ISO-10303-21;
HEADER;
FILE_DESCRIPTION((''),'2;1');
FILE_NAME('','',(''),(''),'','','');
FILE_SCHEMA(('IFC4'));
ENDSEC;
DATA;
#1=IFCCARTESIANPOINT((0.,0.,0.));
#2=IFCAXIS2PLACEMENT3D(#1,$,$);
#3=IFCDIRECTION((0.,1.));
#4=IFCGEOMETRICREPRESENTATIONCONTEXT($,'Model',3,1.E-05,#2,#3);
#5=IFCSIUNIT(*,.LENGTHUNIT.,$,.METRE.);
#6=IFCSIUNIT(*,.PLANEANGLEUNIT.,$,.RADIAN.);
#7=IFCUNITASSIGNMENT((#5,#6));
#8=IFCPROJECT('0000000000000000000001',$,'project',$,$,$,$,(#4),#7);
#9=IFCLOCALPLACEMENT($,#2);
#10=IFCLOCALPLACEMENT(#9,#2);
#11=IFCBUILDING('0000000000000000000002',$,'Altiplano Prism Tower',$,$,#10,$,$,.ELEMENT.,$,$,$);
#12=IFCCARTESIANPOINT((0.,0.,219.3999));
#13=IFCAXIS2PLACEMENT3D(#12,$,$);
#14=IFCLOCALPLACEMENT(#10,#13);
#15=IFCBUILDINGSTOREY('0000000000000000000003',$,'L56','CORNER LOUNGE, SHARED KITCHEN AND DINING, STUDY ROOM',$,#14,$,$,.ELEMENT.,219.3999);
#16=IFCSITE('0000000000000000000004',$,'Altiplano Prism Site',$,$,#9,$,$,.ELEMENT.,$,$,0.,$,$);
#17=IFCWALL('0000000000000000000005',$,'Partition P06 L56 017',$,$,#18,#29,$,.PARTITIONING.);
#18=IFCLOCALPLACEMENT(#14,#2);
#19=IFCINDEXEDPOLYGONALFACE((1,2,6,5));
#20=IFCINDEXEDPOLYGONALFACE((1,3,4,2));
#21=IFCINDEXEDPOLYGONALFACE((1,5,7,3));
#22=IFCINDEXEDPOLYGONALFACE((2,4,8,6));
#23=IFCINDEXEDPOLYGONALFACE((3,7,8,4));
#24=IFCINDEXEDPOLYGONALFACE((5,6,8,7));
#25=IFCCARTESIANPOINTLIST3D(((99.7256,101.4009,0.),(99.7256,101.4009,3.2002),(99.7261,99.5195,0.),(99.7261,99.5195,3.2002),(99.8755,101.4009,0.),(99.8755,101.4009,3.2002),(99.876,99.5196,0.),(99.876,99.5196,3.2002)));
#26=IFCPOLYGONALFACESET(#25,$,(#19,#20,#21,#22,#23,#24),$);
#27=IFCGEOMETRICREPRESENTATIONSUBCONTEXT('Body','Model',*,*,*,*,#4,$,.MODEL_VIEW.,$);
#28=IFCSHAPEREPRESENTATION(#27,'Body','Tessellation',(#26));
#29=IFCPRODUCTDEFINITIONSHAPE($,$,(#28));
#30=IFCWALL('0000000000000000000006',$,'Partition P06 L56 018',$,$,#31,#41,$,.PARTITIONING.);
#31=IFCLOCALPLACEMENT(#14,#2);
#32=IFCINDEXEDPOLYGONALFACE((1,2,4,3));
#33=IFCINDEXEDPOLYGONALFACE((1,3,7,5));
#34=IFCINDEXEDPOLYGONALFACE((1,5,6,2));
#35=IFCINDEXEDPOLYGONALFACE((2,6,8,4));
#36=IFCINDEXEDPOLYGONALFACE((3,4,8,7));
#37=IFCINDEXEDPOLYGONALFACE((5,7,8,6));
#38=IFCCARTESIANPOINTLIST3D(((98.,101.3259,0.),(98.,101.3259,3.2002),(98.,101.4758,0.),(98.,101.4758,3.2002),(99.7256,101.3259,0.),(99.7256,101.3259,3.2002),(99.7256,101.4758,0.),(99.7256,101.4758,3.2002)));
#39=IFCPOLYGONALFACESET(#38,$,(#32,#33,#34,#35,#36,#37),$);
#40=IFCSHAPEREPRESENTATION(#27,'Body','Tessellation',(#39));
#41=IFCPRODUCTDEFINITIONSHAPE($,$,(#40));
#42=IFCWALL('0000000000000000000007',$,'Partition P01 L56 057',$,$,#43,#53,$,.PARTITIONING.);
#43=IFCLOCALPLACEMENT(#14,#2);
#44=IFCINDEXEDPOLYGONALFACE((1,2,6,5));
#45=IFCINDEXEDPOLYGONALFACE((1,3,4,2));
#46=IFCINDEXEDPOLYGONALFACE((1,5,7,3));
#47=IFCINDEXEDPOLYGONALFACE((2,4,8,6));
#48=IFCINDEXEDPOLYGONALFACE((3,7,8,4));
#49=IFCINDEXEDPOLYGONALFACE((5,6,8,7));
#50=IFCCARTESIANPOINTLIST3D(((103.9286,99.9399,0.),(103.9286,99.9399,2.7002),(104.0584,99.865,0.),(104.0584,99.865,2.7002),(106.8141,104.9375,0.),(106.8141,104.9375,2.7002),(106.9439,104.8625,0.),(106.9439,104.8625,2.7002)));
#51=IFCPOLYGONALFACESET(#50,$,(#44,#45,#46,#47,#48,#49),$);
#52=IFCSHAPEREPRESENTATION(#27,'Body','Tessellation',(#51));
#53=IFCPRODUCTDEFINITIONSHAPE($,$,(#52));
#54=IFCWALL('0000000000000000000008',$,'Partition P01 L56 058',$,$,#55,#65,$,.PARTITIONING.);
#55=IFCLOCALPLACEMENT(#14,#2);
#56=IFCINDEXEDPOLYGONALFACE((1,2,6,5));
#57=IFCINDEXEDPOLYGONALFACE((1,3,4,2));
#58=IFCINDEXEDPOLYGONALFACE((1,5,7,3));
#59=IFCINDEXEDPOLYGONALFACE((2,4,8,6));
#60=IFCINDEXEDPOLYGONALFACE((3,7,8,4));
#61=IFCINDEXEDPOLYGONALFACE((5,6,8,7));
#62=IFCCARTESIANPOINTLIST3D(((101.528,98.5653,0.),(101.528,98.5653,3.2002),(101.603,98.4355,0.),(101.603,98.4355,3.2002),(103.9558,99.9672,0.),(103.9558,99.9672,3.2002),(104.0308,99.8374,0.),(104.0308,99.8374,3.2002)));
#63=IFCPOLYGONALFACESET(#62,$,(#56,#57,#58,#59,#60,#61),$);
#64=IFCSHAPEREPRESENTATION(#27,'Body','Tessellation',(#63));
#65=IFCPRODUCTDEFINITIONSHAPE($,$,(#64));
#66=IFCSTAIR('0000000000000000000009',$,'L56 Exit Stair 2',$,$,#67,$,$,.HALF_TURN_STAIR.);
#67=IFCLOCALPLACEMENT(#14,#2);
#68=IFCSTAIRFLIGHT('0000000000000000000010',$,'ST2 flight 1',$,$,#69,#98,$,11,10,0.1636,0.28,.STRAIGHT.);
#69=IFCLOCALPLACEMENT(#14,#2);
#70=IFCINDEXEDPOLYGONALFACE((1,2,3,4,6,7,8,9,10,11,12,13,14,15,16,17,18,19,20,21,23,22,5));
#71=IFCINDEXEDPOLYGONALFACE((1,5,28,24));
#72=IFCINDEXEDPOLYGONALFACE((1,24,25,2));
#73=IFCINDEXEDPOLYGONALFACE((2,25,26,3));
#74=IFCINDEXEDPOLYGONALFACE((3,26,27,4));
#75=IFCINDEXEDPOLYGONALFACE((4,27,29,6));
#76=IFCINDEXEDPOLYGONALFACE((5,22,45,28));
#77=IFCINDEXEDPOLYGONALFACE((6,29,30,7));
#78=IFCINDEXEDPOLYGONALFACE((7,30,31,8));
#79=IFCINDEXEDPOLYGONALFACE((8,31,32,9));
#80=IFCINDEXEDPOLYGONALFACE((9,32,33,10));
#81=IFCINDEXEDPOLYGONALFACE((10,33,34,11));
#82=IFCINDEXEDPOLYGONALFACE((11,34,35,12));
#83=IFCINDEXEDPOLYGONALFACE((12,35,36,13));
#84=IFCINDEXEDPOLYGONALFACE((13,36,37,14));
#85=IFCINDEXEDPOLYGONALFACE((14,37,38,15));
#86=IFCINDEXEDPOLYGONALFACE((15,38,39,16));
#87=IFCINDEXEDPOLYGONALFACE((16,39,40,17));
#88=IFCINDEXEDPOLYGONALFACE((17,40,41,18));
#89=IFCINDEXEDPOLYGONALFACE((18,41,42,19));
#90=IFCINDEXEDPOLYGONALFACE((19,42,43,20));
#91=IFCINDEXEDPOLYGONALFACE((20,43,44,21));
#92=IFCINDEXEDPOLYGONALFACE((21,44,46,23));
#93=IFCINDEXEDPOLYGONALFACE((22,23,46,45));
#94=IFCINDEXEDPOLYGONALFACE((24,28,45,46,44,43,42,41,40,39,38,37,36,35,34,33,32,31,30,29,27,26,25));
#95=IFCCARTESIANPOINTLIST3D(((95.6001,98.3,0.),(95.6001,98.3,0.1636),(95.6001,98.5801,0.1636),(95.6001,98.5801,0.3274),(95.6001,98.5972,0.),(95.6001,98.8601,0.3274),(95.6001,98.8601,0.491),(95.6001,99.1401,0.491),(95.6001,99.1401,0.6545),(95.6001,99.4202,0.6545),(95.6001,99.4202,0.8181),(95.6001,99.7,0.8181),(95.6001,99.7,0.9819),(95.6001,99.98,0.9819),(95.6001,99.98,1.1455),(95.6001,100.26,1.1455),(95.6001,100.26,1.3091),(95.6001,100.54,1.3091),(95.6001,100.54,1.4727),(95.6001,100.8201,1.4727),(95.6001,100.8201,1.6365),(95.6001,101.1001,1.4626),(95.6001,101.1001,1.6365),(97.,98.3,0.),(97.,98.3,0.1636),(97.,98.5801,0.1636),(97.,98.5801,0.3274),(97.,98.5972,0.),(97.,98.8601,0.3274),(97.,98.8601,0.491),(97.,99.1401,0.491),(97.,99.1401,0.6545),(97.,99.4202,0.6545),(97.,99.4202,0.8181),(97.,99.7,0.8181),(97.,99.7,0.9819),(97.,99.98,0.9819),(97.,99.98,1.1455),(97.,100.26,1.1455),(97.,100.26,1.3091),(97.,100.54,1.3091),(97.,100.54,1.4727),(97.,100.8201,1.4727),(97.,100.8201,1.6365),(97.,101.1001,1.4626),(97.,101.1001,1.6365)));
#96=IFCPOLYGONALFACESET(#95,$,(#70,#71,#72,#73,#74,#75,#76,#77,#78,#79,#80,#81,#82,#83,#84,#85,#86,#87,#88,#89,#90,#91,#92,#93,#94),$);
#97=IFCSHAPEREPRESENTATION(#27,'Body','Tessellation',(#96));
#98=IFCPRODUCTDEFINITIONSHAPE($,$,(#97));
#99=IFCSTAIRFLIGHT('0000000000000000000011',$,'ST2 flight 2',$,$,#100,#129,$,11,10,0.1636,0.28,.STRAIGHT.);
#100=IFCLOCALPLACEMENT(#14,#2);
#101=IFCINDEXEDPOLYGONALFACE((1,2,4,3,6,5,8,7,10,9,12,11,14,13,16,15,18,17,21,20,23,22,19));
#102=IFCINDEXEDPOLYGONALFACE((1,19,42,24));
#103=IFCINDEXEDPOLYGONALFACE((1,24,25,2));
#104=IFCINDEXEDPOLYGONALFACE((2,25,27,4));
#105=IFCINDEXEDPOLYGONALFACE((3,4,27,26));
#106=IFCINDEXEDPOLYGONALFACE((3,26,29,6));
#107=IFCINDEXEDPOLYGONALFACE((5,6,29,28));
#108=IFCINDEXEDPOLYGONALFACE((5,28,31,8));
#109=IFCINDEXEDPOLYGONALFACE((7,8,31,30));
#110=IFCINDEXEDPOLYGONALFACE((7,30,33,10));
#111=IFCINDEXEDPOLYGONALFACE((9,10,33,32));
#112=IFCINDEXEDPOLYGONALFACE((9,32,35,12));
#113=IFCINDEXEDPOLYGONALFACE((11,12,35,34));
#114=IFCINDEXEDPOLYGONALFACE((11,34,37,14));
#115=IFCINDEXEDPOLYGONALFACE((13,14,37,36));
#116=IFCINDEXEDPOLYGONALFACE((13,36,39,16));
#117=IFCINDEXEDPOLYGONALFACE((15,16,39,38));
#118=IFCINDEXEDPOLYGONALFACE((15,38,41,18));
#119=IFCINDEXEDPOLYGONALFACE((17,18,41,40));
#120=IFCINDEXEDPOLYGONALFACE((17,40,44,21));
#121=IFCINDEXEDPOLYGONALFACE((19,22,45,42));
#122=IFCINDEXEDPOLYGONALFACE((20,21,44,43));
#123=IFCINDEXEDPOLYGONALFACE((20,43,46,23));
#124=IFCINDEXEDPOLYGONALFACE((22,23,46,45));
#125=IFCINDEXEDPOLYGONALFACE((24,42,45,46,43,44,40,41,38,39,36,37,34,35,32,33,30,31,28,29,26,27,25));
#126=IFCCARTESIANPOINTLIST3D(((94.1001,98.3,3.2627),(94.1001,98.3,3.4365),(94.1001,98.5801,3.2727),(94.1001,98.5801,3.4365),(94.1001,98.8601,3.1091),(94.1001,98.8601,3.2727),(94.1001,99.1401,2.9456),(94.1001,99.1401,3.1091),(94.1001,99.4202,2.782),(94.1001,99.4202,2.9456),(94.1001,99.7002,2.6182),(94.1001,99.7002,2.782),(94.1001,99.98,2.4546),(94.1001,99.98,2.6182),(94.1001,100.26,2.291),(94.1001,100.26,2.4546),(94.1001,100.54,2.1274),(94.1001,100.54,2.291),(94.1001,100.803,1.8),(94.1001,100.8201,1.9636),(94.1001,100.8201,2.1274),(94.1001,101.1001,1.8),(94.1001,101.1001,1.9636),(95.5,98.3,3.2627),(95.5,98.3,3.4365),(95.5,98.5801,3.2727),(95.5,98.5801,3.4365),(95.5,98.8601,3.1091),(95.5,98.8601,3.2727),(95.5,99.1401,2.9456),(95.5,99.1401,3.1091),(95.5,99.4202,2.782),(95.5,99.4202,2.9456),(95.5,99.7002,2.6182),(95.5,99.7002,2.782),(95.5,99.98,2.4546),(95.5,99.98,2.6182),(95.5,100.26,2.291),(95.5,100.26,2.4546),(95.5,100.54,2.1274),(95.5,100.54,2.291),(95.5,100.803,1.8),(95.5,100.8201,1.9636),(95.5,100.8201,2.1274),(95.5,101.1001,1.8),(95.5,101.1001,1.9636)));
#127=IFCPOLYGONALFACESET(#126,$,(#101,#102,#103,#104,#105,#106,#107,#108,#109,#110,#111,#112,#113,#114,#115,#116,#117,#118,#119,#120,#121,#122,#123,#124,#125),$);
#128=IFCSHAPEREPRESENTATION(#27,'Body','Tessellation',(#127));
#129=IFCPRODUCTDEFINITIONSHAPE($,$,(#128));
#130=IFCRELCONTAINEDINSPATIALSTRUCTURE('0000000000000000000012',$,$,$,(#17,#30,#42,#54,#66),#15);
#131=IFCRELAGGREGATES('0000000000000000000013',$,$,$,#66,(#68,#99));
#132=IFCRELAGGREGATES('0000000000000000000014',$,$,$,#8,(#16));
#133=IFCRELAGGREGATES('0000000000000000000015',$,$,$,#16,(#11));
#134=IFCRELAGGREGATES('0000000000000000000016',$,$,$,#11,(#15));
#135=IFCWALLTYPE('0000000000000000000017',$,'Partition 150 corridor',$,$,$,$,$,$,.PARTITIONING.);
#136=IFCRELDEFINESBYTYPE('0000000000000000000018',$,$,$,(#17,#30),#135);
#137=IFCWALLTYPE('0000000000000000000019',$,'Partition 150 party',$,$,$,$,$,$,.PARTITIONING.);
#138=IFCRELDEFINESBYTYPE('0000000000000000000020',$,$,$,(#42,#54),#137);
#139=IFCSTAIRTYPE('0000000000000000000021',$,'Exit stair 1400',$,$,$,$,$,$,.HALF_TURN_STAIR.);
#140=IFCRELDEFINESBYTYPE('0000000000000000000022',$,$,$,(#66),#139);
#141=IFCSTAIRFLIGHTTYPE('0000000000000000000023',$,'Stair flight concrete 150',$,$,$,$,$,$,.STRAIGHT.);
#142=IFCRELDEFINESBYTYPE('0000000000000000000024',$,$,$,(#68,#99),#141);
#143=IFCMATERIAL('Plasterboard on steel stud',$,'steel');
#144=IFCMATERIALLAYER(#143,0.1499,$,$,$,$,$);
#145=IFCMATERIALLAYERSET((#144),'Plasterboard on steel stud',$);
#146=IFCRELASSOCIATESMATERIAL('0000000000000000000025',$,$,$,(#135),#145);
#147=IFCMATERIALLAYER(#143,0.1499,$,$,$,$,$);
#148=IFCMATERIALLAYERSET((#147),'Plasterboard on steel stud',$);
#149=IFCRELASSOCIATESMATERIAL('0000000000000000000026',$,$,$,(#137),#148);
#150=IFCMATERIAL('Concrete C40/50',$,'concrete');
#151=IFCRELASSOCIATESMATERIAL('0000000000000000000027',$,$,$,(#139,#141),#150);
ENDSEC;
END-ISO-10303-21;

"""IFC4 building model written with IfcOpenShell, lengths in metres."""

from ifc_helpers import new_model, si_unit, direction, frame, frame_2d, origin, place, context, subcontext, project, spatial, polyline, rectangle, outline, extrude, material, layer, layer_set, type_object, element, aggregate, save


model = new_model("IFC4")

# Units and contexts
model_context = context("Model", 3, precision=1e-05, world=origin(), true_north=direction((0.0, 1.0)))
body_context = subcontext(model_context, "Body", "Model", "MODEL_VIEW")
ifc_project = project(units=[si_unit("LENGTHUNIT", "METRE"), si_unit("PLANEANGLEUNIT", "RADIAN")], contexts=[model_context])

# Site, building, storey
site_placement = place(None, origin())
site = spatial("IfcSite", under=ifc_project, at=site_placement, Name="Altiplano Prism Site", CompositionType="ELEMENT", RefElevation=0.0)
building_placement = place(site_placement, origin())
building = spatial("IfcBuilding", under=site, at=building_placement, Name="Altiplano Prism Tower", CompositionType="ELEMENT")
storey_placement = place(building_placement, frame((0.0, 0.0, 219.3999)))
storey = spatial("IfcBuildingStorey", under=building, at=storey_placement, Name="L56", Description="CORNER LOUNGE, SHARED KITCHEN AND DINING, STUDY ROOM", CompositionType="ELEMENT", Elevation=219.3999)

# Shared definitions
ifc_material_1 = material(Name="Plasterboard on steel stud", Category="steel")
ifc_layer_1 = layer(ifc_material_1, 0.1499)
ifc_layer_set_1 = layer_set([ifc_layer_1], Name="Plasterboard on steel stud")
wall_type_1 = type_object("IfcWallType", Name="Partition 150 corridor", PredefinedType="PARTITIONING", material=ifc_layer_set_1)

# Walls
wall_1_placement = place(storey_placement, frame((99.801, 99.5195, 0.0), z_axis=(0.0, 0.0, 1.0), x_axis=(-0.00026, 1.0, 0.0)))
element("IfcWall", 1, at=wall_1_placement, inside=storey, type_object=wall_type_1, Name="Partition P06 L56 017", PredefinedType="PARTITIONING", context=body_context, shape_type="SweptSolid", body=[
    extrude(rectangle(XDim=1.8813, YDim=0.1499, at=frame_2d((0.9407, 0.0))), origin(), (0.0, 0.0, 1.0), 3.2002),
])
wall_2_placement = place(storey_placement, frame((99.7256, 101.4009, 0.0), z_axis=(0.0, 0.0, 1.0), x_axis=(-1.0, 0.0, 0.0)))
element("IfcWall", 2, at=wall_2_placement, inside=storey, type_object=wall_type_1, Name="Partition P06 L56 018", PredefinedType="PARTITIONING", context=body_context, shape_type="SweptSolid", body=[
    extrude(rectangle(XDim=1.7256, YDim=0.1499, at=frame_2d((0.8628, 0.0))), origin(), (0.0, 0.0, 1.0), 3.2002),
])
ifc_layer_2 = layer(ifc_material_1, 0.1499)
ifc_layer_set_2 = layer_set([ifc_layer_2], Name="Plasterboard on steel stud")
wall_type_2 = type_object("IfcWallType", Name="Partition 150 party", PredefinedType="PARTITIONING", material=ifc_layer_set_2)
wall_3_placement = place(storey_placement, frame((106.8789, 104.8999, 0.0), z_axis=(0.0, 0.0, 1.0), x_axis=(-0.50002, -0.866014, 0.0)))
element("IfcWall", 3, at=wall_3_placement, inside=storey, type_object=wall_type_2, Name="Partition P01 L56 057", PredefinedType="PARTITIONING", context=body_context, shape_type="SweptSolid", body=[
    extrude(rectangle(XDim=5.7708, YDim=0.1499, at=frame_2d((2.8853, 0.0))), origin(), (0.0, 0.0, 1.0), 2.7002),
])
wall_4_placement = place(storey_placement, frame((103.9934, 99.9023, 0.0), z_axis=(0.0, 0.0, 1.0), x_axis=(-0.865994, -0.500054, 0.0)))
element("IfcWall", 4, at=wall_4_placement, inside=storey, type_object=wall_type_2, Name="Partition P01 L56 058", PredefinedType="PARTITIONING", context=body_context, shape_type="SweptSolid", body=[
    extrude(rectangle(XDim=2.8035, YDim=0.1499, at=frame_2d((1.4019, 0.0))), origin(), (0.0, 0.0, 1.0), 3.2002),
])

# Stair, stair flights
ifc_material_2 = material(Name="Concrete C40/50", Category="concrete")
stair_type = type_object("IfcStairType", Name="Exit stair 1400", PredefinedType="HALF_TURN_STAIR", material=ifc_material_2)
stair_placement = place(storey_placement, origin())
stair = element("IfcStair", 5, at=stair_placement, inside=storey, type_object=stair_type, Name="L56 Exit Stair 2", PredefinedType="HALF_TURN_STAIR")
stair_flight_type = type_object("IfcStairFlightType", Name="Stair flight concrete 150", PredefinedType="STRAIGHT", material=ifc_material_2)
stair_flight_1_placement = place(storey_placement, frame((96.3, 98.3, 0.0), z_axis=(0.0, 0.0, 1.0), x_axis=(0.0, 1.0, 0.0)))
stair_flight_1 = element("IfcStairFlight", 6, at=stair_flight_1_placement, type_object=stair_flight_type, Name="ST2 flight 1", NumberOfRisers=11, NumberOfTreads=10, PredefinedType="STRAIGHT", RiserHeight=0.1636, TreadLength=0.28, context=body_context, shape_type="SweptSolid", body=[
    extrude(outline(polyline([(0.0, 0.0), (0.0, 0.1636), (0.28, 0.1636), (0.28, 0.3274), (0.5601, 0.3274), (0.5601, 0.491), (0.8401, 0.491), (0.8401, 0.6545), (1.1201, 0.6545), (1.1201, 0.8181), (1.3999, 0.8181), (1.3999, 0.9819), (1.6799, 0.9819), (1.6799, 1.1455), (1.96, 1.1455), (1.96, 1.3091), (2.24, 1.3091), (2.24, 1.4727), (2.52, 1.4727), (2.52, 1.6365), (2.8, 1.6365), (2.8, 1.8), (2.8, 1.4626), (0.2971, 0.0), (0.0, 0.0)])), frame((0.0, 0.7, 0.0), z_axis=(0.0, -1.0, 0.0), x_axis=(1.0, 0.0, 0.0)), (0.0, 0.0, 1.0), 1.3999),
])
stair_flight_2_placement = place(storey_placement, frame((94.8, 101.1001, 1.8), z_axis=(0.0, 0.0, 1.0), x_axis=(0.0, -1.0, 0.0)))
stair_flight_2 = element("IfcStairFlight", 7, at=stair_flight_2_placement, type_object=stair_flight_type, Name="ST2 flight 2", NumberOfRisers=11, NumberOfTreads=10, PredefinedType="STRAIGHT", RiserHeight=0.1636, TreadLength=0.28, context=body_context, shape_type="SweptSolid", body=[
    extrude(outline(polyline([(0.0, 0.0), (0.0, 0.1636), (0.28, 0.1636), (0.28, 0.3274), (0.5601, 0.3274), (0.5601, 0.491), (0.8401, 0.491), (0.8401, 0.6545), (1.1201, 0.6545), (1.1201, 0.8181), (1.3999, 0.8181), (1.3999, 0.9819), (1.6799, 0.9819), (1.6799, 1.1455), (1.96, 1.1455), (1.96, 1.3091), (2.24, 1.3091), (2.24, 1.4727), (2.52, 1.4727), (2.52, 1.6365), (2.8, 1.6365), (2.8, 1.8), (2.8, 1.4626), (0.2971, 0.0), (0.0, 0.0)])), frame((0.0, 0.7, 0.0), z_axis=(0.0, -1.0, 0.0), x_axis=(1.0, 0.0, 0.0)), (0.0, 0.0, 1.0), 1.3999),
])
aggregate(stair, [stair_flight_1, stair_flight_2])

save(model, "model.ifc")
